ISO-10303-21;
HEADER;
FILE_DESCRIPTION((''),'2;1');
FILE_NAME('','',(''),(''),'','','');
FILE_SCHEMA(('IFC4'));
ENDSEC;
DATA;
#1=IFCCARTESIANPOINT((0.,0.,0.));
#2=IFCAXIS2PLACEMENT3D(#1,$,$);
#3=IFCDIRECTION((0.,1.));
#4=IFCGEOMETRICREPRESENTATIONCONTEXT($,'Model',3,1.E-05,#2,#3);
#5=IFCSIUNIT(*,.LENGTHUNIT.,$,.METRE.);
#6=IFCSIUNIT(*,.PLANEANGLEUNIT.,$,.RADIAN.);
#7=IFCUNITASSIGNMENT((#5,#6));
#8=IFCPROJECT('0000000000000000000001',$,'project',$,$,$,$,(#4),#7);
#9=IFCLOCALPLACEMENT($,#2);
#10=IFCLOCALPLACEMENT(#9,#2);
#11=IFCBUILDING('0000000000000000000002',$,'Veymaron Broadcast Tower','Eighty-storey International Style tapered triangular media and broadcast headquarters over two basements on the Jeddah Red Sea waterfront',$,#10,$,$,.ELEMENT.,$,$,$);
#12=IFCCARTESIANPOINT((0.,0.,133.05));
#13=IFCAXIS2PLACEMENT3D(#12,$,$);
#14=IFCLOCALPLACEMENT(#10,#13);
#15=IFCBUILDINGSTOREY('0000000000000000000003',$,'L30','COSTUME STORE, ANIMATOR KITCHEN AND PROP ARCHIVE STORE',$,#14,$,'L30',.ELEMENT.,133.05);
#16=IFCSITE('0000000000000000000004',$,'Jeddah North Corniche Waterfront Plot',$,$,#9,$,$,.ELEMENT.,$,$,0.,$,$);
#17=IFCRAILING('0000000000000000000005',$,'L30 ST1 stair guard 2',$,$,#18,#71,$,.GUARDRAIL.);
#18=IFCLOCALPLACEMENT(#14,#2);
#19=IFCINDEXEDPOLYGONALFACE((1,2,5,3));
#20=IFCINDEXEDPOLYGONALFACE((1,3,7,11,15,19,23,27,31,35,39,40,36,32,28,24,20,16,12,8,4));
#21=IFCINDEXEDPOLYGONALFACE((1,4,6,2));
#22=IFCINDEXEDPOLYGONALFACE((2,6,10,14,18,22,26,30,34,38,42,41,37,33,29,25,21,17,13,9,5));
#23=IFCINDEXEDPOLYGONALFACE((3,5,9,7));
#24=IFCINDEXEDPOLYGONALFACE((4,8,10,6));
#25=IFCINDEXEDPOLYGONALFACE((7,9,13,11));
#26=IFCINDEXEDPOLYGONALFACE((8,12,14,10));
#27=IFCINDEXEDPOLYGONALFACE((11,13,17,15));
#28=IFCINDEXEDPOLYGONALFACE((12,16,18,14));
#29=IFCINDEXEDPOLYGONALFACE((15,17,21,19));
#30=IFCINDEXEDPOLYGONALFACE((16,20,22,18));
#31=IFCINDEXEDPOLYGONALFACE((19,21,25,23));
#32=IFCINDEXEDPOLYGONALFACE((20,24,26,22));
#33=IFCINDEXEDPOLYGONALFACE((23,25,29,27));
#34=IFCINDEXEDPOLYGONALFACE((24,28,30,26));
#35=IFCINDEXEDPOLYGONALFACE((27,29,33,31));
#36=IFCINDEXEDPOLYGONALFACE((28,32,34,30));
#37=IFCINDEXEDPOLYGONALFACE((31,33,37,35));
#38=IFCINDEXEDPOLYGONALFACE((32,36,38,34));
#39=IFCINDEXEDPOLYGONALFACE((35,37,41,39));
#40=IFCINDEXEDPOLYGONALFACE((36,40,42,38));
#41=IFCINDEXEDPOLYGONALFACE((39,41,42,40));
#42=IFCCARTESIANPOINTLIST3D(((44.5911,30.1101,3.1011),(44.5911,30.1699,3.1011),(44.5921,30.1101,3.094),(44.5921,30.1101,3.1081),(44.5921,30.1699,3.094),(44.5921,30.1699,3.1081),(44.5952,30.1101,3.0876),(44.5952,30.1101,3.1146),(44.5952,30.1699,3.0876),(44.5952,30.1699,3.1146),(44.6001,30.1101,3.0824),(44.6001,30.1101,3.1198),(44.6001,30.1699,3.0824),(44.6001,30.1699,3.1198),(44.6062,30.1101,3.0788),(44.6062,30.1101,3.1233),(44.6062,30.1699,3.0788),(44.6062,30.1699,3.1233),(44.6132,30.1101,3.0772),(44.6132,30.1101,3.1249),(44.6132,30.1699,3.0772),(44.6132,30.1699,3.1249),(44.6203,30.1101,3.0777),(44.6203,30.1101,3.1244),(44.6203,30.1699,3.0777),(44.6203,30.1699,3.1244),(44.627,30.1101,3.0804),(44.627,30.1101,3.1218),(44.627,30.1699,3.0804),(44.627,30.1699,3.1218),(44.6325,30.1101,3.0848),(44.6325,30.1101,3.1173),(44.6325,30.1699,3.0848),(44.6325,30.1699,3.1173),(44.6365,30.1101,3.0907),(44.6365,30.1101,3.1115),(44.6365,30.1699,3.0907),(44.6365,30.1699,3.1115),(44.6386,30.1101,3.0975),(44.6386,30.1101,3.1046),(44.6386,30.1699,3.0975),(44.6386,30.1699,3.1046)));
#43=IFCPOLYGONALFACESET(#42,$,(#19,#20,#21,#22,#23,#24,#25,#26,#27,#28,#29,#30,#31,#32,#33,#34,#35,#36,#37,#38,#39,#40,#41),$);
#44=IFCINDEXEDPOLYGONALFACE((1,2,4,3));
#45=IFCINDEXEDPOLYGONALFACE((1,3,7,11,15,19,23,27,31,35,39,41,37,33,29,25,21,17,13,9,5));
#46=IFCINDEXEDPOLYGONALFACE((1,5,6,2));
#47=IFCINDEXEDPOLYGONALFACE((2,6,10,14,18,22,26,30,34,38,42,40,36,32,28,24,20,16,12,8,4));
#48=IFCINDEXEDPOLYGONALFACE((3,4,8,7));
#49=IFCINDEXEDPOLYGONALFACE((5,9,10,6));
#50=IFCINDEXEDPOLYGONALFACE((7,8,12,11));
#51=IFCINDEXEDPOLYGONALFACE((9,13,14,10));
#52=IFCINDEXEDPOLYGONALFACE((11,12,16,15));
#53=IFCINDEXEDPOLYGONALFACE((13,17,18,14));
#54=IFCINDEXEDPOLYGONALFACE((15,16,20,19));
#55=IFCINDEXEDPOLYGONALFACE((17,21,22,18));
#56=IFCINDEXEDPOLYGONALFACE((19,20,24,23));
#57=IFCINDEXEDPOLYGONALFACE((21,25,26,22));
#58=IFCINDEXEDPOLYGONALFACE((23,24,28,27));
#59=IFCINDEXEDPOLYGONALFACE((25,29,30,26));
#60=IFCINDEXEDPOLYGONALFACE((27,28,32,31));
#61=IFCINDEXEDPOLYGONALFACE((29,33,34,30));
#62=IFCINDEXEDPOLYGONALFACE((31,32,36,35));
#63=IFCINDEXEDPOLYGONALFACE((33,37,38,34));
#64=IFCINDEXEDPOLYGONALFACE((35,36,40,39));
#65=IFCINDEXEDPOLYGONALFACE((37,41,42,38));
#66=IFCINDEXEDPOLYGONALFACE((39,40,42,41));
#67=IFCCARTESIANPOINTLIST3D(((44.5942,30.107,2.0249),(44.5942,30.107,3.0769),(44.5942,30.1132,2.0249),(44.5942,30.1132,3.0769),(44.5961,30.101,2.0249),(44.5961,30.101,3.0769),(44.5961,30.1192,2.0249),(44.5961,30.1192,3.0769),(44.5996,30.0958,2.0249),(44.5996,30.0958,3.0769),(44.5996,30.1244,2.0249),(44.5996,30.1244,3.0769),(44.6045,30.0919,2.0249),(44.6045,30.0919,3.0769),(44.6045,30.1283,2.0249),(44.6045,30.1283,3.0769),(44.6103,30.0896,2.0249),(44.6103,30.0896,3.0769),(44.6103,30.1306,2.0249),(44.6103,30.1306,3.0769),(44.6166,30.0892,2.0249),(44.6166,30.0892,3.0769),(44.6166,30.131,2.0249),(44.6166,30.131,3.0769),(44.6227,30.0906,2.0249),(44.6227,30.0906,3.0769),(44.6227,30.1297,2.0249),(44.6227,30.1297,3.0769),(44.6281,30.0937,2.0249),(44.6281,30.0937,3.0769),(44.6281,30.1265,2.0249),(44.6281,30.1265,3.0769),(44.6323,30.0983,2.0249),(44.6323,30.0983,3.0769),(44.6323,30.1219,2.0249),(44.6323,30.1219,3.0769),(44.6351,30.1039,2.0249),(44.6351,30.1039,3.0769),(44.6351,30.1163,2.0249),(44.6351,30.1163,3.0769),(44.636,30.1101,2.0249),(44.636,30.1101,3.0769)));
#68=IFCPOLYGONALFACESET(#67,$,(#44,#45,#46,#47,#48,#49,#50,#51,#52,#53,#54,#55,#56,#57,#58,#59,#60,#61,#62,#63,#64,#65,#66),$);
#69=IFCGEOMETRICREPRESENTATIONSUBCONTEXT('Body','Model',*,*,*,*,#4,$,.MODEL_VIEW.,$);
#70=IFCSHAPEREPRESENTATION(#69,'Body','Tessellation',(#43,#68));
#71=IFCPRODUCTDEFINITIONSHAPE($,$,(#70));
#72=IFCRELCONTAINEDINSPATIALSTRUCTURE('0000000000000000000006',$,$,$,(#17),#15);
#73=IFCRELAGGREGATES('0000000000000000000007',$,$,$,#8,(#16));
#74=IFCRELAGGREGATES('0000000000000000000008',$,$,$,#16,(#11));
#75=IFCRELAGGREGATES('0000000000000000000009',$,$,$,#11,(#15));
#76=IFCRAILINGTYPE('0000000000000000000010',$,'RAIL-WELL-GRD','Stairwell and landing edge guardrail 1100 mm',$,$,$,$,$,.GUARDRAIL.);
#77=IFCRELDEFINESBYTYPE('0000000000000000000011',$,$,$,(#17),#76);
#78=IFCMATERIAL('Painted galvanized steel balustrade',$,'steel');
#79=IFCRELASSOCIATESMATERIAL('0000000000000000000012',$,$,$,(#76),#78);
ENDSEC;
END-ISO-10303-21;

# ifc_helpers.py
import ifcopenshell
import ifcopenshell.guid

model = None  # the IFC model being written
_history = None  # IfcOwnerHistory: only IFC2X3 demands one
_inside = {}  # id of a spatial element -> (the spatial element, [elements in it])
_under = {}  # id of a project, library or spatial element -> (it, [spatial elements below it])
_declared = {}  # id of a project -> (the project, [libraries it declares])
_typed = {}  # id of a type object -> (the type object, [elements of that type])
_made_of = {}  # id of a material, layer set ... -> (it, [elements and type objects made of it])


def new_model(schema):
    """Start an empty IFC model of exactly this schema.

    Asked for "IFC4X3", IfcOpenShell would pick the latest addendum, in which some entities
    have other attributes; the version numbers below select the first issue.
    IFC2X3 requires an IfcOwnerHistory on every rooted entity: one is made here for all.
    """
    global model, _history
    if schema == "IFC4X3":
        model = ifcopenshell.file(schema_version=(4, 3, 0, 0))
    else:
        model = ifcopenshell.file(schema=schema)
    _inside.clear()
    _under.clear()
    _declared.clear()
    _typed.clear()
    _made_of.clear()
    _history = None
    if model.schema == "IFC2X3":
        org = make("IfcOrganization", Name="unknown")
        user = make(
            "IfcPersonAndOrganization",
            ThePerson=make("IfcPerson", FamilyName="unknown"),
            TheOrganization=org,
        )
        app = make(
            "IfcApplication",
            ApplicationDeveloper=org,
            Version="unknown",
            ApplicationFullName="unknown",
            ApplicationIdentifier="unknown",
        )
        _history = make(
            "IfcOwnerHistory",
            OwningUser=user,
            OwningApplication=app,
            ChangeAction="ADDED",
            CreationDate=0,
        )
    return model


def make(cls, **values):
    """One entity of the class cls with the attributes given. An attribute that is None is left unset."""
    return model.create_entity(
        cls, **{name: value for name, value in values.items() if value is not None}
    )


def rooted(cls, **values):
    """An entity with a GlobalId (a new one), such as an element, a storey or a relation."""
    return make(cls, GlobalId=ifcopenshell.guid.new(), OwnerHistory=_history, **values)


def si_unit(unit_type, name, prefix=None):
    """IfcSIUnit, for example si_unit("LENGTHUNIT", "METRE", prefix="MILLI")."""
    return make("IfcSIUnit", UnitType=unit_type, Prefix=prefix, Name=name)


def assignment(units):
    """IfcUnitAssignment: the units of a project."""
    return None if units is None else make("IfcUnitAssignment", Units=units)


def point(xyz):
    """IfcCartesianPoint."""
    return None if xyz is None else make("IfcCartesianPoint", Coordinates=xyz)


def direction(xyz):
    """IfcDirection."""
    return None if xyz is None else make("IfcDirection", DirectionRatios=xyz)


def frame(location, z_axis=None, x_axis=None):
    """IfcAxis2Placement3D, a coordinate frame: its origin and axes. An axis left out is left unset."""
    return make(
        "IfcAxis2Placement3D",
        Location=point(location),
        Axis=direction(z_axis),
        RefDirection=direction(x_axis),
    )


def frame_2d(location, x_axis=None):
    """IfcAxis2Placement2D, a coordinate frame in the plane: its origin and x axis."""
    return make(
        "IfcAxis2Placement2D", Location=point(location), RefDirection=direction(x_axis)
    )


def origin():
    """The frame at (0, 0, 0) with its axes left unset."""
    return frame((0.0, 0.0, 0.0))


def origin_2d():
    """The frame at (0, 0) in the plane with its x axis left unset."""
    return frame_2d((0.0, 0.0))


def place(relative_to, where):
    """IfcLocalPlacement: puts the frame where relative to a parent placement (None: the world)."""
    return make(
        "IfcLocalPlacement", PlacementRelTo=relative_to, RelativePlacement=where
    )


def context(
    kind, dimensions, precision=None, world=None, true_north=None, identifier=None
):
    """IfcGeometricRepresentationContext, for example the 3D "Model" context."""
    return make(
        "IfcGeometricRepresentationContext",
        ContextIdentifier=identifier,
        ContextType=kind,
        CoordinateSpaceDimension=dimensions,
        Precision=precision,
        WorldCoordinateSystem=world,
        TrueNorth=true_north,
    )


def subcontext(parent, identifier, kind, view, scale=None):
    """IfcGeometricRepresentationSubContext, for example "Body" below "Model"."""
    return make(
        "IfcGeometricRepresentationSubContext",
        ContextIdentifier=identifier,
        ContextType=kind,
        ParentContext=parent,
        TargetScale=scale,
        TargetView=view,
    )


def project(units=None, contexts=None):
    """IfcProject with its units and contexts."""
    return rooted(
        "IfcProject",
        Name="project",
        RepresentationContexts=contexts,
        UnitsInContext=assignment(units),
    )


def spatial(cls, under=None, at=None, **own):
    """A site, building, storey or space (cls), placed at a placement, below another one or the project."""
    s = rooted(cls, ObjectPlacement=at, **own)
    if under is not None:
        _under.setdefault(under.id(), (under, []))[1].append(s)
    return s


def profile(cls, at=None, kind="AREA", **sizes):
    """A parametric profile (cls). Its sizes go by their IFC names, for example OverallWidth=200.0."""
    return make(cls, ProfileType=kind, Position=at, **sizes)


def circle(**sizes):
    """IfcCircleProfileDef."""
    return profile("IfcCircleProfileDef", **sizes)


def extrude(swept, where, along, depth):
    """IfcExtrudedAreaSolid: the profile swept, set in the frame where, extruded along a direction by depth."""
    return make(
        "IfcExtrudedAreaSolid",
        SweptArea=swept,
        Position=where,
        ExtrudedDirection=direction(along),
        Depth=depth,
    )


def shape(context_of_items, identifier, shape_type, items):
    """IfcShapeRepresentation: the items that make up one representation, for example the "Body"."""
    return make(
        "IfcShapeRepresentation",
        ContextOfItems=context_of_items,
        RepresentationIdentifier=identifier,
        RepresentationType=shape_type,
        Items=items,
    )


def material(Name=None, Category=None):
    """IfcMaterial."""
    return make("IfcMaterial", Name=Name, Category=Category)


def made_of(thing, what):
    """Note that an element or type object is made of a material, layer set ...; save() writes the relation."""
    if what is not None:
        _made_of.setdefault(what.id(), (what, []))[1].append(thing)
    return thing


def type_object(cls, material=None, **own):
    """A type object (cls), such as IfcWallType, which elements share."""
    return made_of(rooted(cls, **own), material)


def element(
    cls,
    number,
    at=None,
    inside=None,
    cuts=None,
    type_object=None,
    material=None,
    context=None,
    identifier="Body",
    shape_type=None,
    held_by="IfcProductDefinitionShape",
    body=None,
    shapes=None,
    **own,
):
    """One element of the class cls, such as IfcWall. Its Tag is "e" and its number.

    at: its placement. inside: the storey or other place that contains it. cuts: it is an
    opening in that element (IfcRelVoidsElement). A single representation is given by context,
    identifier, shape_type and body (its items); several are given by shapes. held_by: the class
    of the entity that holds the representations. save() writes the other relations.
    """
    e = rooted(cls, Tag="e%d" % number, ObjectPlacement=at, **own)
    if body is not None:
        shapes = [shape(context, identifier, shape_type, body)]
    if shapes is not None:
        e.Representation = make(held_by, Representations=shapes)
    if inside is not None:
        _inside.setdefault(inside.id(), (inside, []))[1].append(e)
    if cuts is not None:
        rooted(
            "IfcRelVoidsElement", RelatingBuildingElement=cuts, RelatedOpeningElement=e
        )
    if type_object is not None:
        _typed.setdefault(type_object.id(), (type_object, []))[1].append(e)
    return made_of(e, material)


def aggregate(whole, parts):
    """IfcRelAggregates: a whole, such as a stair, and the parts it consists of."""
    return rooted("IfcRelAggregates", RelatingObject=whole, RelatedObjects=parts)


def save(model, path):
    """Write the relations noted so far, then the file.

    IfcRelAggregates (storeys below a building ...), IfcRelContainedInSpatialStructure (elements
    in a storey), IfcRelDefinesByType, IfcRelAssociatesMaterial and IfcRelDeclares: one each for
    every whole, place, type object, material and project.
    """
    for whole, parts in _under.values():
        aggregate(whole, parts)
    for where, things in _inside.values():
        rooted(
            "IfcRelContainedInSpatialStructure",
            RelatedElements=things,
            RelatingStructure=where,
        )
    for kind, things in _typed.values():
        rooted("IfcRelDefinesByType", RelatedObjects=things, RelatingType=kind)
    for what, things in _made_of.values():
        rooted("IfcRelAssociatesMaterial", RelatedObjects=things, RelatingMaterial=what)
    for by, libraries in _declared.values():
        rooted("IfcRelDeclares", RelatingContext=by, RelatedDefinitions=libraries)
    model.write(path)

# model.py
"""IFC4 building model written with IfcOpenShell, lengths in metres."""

from ifc_helpers import new_model, si_unit, direction, frame, origin, origin_2d, place, context, subcontext, project, spatial, circle, extrude, material, type_object, element, save


model = new_model("IFC4")

# Units and contexts
model_context = context("Model", 3, precision=1e-05, world=origin(), true_north=direction((0.0, 1.0)))
body_context = subcontext(model_context, "Body", "Model", "MODEL_VIEW")
ifc_project = project(units=[si_unit("LENGTHUNIT", "METRE"), si_unit("PLANEANGLEUNIT", "RADIAN")], contexts=[model_context])

# Site, building, storey
site_placement = place(None, origin())
site = spatial("IfcSite", under=ifc_project, at=site_placement, Name="Jeddah North Corniche Waterfront Plot", CompositionType="ELEMENT", RefElevation=0.0)
building_placement = place(site_placement, origin())
building = spatial("IfcBuilding", under=site, at=building_placement, Name="Veymaron Broadcast Tower", Description="Eighty-storey International Style tapered triangular media and broadcast headquarters over two basements on the Jeddah Red Sea waterfront", CompositionType="ELEMENT")
storey_placement = place(building_placement, frame((0.0, 0.0, 133.05)))
storey = spatial("IfcBuildingStorey", under=building, at=storey_placement, Name="L30", Description="COSTUME STORE, ANIMATOR KITCHEN AND PROP ARCHIVE STORE", LongName="L30", CompositionType="ELEMENT", Elevation=133.05)

# Railing
ifc_material_1 = material(Name="Painted galvanized steel balustrade", Category="steel")
railing_type_1 = type_object("IfcRailingType", Name="RAIL-WELL-GRD", Description="Stairwell and landing edge guardrail 1100 mm", PredefinedType="GUARDRAIL", material=ifc_material_1)
railing_1_placement = place(storey_placement, frame((44.615, 30.1101, 2.0249)))
element("IfcRailing", 1, at=railing_1_placement, inside=storey, type_object=railing_type_1, Name="L30 ST1 stair guard 2", PredefinedType="GUARDRAIL", context=body_context, shape_type="SweptSolid", body=[
    extrude(circle(Radius=0.0239, at=origin_2d()), frame((0.0, 0.0, 1.0762), z_axis=(0.0, 1.0, 0.0), x_axis=(-1.0, 0.0, 0.0)), (0.0, 0.0, 1.0), 0.0598),
    extrude(circle(Radius=0.021, at=origin_2d()), origin(), (0.0, 0.0, 1.0), 1.052),
])

save(model, "model.ifc")
